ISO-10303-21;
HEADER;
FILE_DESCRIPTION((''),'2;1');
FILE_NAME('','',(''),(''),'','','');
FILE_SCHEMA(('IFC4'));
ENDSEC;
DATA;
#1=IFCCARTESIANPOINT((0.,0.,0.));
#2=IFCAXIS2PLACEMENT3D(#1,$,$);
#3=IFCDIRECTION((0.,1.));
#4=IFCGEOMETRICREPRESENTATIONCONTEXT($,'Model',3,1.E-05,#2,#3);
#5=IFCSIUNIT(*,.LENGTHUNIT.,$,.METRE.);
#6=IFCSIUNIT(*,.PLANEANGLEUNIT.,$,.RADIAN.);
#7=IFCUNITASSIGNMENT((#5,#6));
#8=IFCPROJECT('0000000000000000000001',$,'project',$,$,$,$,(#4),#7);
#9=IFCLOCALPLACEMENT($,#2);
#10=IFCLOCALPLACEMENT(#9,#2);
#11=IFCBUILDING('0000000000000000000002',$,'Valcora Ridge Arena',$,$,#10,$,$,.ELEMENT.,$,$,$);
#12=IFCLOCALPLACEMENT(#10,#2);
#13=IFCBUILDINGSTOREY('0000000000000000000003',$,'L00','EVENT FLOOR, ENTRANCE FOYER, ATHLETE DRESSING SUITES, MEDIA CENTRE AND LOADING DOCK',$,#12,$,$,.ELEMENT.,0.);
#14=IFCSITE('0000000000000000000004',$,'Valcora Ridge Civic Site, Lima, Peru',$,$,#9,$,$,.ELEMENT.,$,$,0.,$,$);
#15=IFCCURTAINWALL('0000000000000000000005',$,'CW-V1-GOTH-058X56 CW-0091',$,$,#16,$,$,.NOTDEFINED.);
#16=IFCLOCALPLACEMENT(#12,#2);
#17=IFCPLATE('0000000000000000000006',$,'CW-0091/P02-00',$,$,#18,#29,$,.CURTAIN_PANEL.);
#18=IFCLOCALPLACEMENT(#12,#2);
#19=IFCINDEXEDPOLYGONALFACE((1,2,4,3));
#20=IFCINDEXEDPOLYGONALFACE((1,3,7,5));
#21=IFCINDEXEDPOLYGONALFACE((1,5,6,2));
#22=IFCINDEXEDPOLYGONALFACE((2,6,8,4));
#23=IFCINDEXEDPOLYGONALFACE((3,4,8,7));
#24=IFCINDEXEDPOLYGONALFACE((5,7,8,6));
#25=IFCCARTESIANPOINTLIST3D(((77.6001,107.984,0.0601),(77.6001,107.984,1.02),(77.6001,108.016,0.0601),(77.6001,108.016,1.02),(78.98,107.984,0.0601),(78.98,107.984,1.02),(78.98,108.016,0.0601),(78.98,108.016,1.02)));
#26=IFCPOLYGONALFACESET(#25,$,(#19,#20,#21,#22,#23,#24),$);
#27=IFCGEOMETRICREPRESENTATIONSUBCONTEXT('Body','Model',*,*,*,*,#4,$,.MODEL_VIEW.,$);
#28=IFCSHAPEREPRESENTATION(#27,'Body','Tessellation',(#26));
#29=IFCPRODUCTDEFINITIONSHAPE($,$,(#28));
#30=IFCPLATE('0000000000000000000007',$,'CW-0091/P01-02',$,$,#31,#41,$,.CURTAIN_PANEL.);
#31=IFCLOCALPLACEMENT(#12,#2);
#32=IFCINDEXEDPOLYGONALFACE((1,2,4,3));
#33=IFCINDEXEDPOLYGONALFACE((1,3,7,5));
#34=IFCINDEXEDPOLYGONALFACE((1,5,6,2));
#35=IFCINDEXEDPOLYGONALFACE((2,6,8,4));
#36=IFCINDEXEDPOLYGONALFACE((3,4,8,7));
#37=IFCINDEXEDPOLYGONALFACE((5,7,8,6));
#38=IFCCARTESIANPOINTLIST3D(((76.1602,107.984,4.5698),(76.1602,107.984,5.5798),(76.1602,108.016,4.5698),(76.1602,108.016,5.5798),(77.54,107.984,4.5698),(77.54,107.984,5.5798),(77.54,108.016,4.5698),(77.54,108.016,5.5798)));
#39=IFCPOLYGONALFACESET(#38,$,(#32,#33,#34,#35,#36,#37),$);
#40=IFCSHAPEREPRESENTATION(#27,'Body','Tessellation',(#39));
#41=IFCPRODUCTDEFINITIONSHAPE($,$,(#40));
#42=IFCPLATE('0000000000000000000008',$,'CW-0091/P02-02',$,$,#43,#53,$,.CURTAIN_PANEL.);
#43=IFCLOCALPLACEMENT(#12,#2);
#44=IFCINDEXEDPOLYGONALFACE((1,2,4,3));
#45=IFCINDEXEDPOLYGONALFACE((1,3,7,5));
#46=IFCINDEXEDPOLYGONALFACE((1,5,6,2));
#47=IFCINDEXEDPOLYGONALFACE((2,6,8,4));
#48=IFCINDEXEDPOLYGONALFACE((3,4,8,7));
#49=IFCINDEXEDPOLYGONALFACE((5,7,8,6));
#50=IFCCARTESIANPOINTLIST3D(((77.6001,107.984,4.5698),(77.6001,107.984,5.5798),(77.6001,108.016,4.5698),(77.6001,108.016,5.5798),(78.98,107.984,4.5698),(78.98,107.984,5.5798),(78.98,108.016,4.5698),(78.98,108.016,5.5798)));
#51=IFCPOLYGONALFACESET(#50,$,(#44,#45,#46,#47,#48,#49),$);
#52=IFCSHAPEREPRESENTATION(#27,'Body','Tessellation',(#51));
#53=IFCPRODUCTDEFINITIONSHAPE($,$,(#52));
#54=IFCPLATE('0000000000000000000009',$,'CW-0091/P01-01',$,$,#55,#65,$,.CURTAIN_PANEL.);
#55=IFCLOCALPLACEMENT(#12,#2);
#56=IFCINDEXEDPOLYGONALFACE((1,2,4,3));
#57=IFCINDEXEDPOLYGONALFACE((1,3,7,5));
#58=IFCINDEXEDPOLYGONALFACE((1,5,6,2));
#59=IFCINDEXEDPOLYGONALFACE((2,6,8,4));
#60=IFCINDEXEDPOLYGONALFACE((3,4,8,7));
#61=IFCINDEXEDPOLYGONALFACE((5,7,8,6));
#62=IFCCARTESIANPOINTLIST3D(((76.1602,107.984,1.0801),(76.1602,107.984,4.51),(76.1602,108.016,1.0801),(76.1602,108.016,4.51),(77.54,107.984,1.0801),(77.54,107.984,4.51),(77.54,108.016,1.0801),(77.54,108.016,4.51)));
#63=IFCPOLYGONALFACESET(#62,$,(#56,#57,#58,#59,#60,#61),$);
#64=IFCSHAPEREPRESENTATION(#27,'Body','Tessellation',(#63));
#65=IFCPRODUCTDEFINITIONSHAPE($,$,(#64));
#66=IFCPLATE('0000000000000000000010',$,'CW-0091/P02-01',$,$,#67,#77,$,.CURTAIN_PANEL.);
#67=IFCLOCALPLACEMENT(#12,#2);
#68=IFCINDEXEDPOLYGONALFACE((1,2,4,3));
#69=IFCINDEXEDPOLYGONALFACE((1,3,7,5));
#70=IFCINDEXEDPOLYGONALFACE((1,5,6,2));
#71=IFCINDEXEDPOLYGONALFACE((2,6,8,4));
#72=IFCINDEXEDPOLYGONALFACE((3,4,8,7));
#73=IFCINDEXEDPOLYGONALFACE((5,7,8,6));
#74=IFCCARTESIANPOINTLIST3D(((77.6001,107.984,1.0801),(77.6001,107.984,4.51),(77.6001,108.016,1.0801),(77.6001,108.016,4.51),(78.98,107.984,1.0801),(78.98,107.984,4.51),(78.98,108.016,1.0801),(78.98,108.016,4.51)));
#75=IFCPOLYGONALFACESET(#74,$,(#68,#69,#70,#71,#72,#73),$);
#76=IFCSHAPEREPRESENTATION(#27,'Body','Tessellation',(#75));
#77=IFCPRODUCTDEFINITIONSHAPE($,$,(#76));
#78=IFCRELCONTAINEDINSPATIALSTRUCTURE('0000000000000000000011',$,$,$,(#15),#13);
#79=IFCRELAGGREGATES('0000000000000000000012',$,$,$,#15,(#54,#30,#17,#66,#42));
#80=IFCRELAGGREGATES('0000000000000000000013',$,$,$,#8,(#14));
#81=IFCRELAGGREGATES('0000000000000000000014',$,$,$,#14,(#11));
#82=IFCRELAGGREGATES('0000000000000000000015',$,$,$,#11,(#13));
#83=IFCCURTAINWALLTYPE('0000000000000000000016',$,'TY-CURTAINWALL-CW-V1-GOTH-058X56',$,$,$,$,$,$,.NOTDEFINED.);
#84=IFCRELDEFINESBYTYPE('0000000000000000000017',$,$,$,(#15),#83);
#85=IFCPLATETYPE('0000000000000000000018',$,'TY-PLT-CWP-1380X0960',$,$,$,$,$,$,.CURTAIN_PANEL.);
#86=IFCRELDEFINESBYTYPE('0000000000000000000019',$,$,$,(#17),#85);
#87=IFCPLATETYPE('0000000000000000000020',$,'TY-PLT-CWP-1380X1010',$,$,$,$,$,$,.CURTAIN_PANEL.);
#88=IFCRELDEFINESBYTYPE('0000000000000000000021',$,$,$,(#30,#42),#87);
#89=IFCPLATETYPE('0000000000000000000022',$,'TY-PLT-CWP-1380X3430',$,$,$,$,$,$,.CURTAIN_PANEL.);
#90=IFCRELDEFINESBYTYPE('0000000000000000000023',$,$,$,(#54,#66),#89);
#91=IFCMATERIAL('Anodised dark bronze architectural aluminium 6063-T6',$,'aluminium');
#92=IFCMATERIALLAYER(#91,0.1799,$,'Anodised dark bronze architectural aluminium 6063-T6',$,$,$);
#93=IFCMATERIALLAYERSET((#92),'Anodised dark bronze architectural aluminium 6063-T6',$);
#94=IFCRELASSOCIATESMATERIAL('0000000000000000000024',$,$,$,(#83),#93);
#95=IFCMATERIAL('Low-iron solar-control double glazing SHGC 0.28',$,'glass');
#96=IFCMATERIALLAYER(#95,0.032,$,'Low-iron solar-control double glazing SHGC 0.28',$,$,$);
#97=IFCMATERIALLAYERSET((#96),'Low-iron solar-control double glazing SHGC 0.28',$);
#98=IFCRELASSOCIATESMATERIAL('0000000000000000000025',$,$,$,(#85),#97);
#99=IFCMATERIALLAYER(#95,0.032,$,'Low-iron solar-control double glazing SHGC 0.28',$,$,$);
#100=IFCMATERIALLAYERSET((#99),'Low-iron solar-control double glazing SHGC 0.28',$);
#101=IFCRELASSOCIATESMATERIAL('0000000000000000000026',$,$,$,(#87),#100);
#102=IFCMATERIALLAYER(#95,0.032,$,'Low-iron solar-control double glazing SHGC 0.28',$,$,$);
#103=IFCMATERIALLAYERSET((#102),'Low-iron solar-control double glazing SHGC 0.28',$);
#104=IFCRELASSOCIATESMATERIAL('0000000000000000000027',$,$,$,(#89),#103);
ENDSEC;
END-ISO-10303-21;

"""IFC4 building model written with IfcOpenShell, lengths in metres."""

from ifc_helpers import new_model, si_unit, direction, frame, origin, origin_2d, place, context, subcontext, project, spatial, rectangle, extrude, material, layer, layer_set, type_object, element, aggregate, save


model = new_model("IFC4")

# Units and contexts
model_context = context("Model", 3, precision=1e-05, world=origin(), true_north=direction((0.0, 1.0)))
body_context = subcontext(model_context, "Body", "Model", "MODEL_VIEW")
ifc_project = project(units=[si_unit("LENGTHUNIT", "METRE"), si_unit("PLANEANGLEUNIT", "RADIAN")], contexts=[model_context])

# Site, building, storey
site_placement = place(None, origin())
site = spatial("IfcSite", under=ifc_project, at=site_placement, Name="Valcora Ridge Civic Site, Lima, Peru", CompositionType="ELEMENT", RefElevation=0.0)
building_placement = place(site_placement, origin())
building = spatial("IfcBuilding", under=site, at=building_placement, Name="Valcora Ridge Arena", CompositionType="ELEMENT")
storey_placement = place(building_placement, origin())
storey = spatial("IfcBuildingStorey", under=building, at=storey_placement, Name="L00", Description="EVENT FLOOR, ENTRANCE FOYER, ATHLETE DRESSING SUITES, MEDIA CENTRE AND LOADING DOCK", CompositionType="ELEMENT", Elevation=0.0)

# Curtain wall, plates
ifc_material_1 = material(Name="Anodised dark bronze architectural aluminium 6063-T6", Category="aluminium")
ifc_layer_1 = layer(ifc_material_1, 0.1799, Name="Anodised dark bronze architectural aluminium 6063-T6")
ifc_layer_set_1 = layer_set([ifc_layer_1], Name="Anodised dark bronze architectural aluminium 6063-T6")
curtain_wall_type = type_object("IfcCurtainWallType", Name="TY-CURTAINWALL-CW-V1-GOTH-058X56", PredefinedType="NOTDEFINED", material=ifc_layer_set_1)
curtain_wall_placement = place(storey_placement, origin())
curtain_wall = element("IfcCurtainWall", 1, at=curtain_wall_placement, inside=storey, type_object=curtain_wall_type, Name="CW-V1-GOTH-058X56 CW-0091", PredefinedType="NOTDEFINED")
ifc_material_2 = material(Name="Low-iron solar-control double glazing SHGC 0.28", Category="glass")
ifc_layer_2 = layer(ifc_material_2, 0.032, Name="Low-iron solar-control double glazing SHGC 0.28")
ifc_layer_set_2 = layer_set([ifc_layer_2], Name="Low-iron solar-control double glazing SHGC 0.28")
plate_type_1 = type_object("IfcPlateType", Name="TY-PLT-CWP-1380X0960", PredefinedType="CURTAIN_PANEL", material=ifc_layer_set_2)
plate_1_placement = place(storey_placement, frame((78.29, 108.0, 0.0601), z_axis=(0.0, 0.0, 1.0), x_axis=(1.0, 0.0, 0.0)))
plate_1 = element("IfcPlate", 2, at=plate_1_placement, type_object=plate_type_1, Name="CW-0091/P02-00", PredefinedType="CURTAIN_PANEL", context=body_context, shape_type="SweptSolid", body=[
    extrude(rectangle(XDim=1.3799, YDim=0.032, at=origin_2d()), origin(), (0.0, 0.0, 1.0), 0.96),
])
ifc_layer_3 = layer(ifc_material_2, 0.032, Name="Low-iron solar-control double glazing SHGC 0.28")
ifc_layer_set_3 = layer_set([ifc_layer_3], Name="Low-iron solar-control double glazing SHGC 0.28")
plate_type_2 = type_object("IfcPlateType", Name="TY-PLT-CWP-1380X1010", PredefinedType="CURTAIN_PANEL", material=ifc_layer_set_3)
plate_2_placement = place(storey_placement, frame((76.8501, 108.0, 4.5698), z_axis=(0.0, 0.0, 1.0), x_axis=(1.0, 0.0, 0.0)))
plate_2 = element("IfcPlate", 3, at=plate_2_placement, type_object=plate_type_2, Name="CW-0091/P01-02", PredefinedType="CURTAIN_PANEL", context=body_context, shape_type="SweptSolid", body=[
    extrude(rectangle(XDim=1.3799, YDim=0.032, at=origin_2d()), origin(), (0.0, 0.0, 1.0), 1.01),
])
plate_3_placement = place(storey_placement, frame((78.29, 108.0, 4.5698), z_axis=(0.0, 0.0, 1.0), x_axis=(1.0, 0.0, 0.0)))
plate_3 = element("IfcPlate", 4, at=plate_3_placement, type_object=plate_type_2, Name="CW-0091/P02-02", PredefinedType="CURTAIN_PANEL", context=body_context, shape_type="SweptSolid", body=[
    extrude(rectangle(XDim=1.3799, YDim=0.032, at=origin_2d()), origin(), (0.0, 0.0, 1.0), 1.01),
])
ifc_layer_4 = layer(ifc_material_2, 0.032, Name="Low-iron solar-control double glazing SHGC 0.28")
ifc_layer_set_4 = layer_set([ifc_layer_4], Name="Low-iron solar-control double glazing SHGC 0.28")
plate_type_3 = type_object("IfcPlateType", Name="TY-PLT-CWP-1380X3430", PredefinedType="CURTAIN_PANEL", material=ifc_layer_set_4)
plate_4_placement = place(storey_placement, frame((76.8501, 108.0, 1.0801), z_axis=(0.0, 0.0, 1.0), x_axis=(1.0, 0.0, 0.0)))
plate_4 = element("IfcPlate", 5, at=plate_4_placement, type_object=plate_type_3, Name="CW-0091/P01-01", PredefinedType="CURTAIN_PANEL", context=body_context, shape_type="SweptSolid", body=[
    extrude(rectangle(XDim=1.3799, YDim=0.032, at=origin_2d()), origin(), (0.0, 0.0, 1.0), 3.4299),
])
plate_5_placement = place(storey_placement, frame((78.29, 108.0, 1.0801), z_axis=(0.0, 0.0, 1.0), x_axis=(1.0, 0.0, 0.0)))
plate_5 = element("IfcPlate", 6, at=plate_5_placement, type_object=plate_type_3, Name="CW-0091/P02-01", PredefinedType="CURTAIN_PANEL", context=body_context, shape_type="SweptSolid", body=[
    extrude(rectangle(XDim=1.3799, YDim=0.032, at=origin_2d()), origin(), (0.0, 0.0, 1.0), 3.4299),
])
aggregate(curtain_wall, [plate_4, plate_2, plate_1, plate_5, plate_3])

save(model, "model.ifc")
